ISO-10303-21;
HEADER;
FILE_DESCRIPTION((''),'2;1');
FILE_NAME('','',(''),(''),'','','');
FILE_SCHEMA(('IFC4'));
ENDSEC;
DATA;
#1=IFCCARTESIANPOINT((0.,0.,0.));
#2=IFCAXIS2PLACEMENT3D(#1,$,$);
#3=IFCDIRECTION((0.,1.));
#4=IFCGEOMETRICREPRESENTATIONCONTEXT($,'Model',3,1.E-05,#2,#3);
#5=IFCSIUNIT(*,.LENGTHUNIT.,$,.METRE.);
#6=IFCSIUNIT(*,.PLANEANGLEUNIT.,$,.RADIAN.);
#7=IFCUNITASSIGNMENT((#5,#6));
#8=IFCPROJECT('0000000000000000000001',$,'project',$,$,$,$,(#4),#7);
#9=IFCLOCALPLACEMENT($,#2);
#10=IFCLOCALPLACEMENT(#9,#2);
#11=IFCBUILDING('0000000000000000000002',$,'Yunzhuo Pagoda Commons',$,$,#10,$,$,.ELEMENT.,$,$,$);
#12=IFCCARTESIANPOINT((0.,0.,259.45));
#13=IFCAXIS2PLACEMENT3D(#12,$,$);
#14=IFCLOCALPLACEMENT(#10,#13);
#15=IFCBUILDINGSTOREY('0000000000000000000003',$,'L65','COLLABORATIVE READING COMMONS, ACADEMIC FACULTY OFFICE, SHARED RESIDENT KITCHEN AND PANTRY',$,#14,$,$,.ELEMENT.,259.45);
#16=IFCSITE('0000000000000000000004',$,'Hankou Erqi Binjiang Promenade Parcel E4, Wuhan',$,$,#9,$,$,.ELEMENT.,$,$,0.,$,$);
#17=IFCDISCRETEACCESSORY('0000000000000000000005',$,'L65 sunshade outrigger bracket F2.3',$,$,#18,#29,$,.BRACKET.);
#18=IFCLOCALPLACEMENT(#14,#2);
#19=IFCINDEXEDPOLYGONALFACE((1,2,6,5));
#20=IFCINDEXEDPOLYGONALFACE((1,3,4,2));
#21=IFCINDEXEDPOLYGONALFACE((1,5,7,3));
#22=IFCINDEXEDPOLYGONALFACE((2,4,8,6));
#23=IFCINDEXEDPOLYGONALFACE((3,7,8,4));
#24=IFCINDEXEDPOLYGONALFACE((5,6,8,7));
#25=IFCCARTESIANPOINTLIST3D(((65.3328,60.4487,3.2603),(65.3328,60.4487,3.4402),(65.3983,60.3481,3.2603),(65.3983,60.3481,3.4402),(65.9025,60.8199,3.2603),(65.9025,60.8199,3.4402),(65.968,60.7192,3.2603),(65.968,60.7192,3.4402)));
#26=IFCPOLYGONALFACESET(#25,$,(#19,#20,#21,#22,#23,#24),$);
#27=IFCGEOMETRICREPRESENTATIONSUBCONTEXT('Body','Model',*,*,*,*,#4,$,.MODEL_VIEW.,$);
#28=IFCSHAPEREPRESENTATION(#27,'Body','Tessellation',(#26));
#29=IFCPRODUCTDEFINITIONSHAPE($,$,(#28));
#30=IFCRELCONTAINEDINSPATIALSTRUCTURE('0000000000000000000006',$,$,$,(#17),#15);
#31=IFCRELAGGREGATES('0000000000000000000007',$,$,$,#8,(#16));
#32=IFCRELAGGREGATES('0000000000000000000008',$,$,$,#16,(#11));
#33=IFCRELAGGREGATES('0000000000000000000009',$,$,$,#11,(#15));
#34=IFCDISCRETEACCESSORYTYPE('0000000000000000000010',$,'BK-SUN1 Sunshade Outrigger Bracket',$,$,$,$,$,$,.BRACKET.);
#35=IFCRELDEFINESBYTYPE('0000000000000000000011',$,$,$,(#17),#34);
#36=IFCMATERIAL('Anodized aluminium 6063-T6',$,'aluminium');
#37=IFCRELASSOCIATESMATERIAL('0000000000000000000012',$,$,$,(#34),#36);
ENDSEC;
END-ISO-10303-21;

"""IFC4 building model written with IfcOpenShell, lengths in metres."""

from ifc_helpers import new_model, si_unit, direction, frame, origin, origin_2d, place, context, subcontext, project, spatial, rectangle, extrude, source, transform, mapped, material, type_object, element, save


model = new_model("IFC4")

# Units and contexts
model_context = context("Model", 3, precision=1e-05, world=origin(), true_north=direction((0.0, 1.0)))
body_context = subcontext(model_context, "Body", "Model", "MODEL_VIEW")
ifc_project = project(units=[si_unit("LENGTHUNIT", "METRE"), si_unit("PLANEANGLEUNIT", "RADIAN")], contexts=[model_context])

# Site, building, storey
site_placement = place(None, origin())
site = spatial("IfcSite", under=ifc_project, at=site_placement, Name="Hankou Erqi Binjiang Promenade Parcel E4, Wuhan", CompositionType="ELEMENT", RefElevation=0.0)
building_placement = place(site_placement, origin())
building = spatial("IfcBuilding", under=site, at=building_placement, Name="Yunzhuo Pagoda Commons", CompositionType="ELEMENT")
storey_placement = place(building_placement, frame((0.0, 0.0, 259.45)))
storey = spatial("IfcBuildingStorey", under=building, at=storey_placement, Name="L65", Description="COLLABORATIVE READING COMMONS, ACADEMIC FACULTY OFFICE, SHARED RESIDENT KITCHEN AND PANTRY", CompositionType="ELEMENT", Elevation=259.45)

# Shared definitions
ifc_material_1 = material(Name="Anodized aluminium 6063-T6", Category="aluminium")

# Discrete accessory
discrete_accessory_type = type_object("IfcDiscreteAccessoryType", Name="BK-SUN1 Sunshade Outrigger Bracket", PredefinedType="BRACKET", material=ifc_material_1)
shared_shape_1 = source(origin(), body_context, "Body", "SweptSolid", [
    extrude(rectangle(XDim=0.1201, YDim=0.6799, at=origin_2d()), origin(), (0.0, 0.0, 1.0), 0.1799),
])
discrete_accessory_placement = place(storey_placement, frame((65.6504, 60.584, 3.2603), z_axis=(0.0, 0.0, 1.0), x_axis=(-0.545839, 0.83789, 0.0)))
element("IfcDiscreteAccessory", 1, at=discrete_accessory_placement, inside=storey, type_object=discrete_accessory_type, Name="L65 sunshade outrigger bracket F2.3", PredefinedType="BRACKET", context=body_context, shape_type="MappedRepresentation", body=[
    mapped(shared_shape_1, transform((0.0, 0.0, 0.0), scale=1.0)),
])

save(model, "model.ifc")
